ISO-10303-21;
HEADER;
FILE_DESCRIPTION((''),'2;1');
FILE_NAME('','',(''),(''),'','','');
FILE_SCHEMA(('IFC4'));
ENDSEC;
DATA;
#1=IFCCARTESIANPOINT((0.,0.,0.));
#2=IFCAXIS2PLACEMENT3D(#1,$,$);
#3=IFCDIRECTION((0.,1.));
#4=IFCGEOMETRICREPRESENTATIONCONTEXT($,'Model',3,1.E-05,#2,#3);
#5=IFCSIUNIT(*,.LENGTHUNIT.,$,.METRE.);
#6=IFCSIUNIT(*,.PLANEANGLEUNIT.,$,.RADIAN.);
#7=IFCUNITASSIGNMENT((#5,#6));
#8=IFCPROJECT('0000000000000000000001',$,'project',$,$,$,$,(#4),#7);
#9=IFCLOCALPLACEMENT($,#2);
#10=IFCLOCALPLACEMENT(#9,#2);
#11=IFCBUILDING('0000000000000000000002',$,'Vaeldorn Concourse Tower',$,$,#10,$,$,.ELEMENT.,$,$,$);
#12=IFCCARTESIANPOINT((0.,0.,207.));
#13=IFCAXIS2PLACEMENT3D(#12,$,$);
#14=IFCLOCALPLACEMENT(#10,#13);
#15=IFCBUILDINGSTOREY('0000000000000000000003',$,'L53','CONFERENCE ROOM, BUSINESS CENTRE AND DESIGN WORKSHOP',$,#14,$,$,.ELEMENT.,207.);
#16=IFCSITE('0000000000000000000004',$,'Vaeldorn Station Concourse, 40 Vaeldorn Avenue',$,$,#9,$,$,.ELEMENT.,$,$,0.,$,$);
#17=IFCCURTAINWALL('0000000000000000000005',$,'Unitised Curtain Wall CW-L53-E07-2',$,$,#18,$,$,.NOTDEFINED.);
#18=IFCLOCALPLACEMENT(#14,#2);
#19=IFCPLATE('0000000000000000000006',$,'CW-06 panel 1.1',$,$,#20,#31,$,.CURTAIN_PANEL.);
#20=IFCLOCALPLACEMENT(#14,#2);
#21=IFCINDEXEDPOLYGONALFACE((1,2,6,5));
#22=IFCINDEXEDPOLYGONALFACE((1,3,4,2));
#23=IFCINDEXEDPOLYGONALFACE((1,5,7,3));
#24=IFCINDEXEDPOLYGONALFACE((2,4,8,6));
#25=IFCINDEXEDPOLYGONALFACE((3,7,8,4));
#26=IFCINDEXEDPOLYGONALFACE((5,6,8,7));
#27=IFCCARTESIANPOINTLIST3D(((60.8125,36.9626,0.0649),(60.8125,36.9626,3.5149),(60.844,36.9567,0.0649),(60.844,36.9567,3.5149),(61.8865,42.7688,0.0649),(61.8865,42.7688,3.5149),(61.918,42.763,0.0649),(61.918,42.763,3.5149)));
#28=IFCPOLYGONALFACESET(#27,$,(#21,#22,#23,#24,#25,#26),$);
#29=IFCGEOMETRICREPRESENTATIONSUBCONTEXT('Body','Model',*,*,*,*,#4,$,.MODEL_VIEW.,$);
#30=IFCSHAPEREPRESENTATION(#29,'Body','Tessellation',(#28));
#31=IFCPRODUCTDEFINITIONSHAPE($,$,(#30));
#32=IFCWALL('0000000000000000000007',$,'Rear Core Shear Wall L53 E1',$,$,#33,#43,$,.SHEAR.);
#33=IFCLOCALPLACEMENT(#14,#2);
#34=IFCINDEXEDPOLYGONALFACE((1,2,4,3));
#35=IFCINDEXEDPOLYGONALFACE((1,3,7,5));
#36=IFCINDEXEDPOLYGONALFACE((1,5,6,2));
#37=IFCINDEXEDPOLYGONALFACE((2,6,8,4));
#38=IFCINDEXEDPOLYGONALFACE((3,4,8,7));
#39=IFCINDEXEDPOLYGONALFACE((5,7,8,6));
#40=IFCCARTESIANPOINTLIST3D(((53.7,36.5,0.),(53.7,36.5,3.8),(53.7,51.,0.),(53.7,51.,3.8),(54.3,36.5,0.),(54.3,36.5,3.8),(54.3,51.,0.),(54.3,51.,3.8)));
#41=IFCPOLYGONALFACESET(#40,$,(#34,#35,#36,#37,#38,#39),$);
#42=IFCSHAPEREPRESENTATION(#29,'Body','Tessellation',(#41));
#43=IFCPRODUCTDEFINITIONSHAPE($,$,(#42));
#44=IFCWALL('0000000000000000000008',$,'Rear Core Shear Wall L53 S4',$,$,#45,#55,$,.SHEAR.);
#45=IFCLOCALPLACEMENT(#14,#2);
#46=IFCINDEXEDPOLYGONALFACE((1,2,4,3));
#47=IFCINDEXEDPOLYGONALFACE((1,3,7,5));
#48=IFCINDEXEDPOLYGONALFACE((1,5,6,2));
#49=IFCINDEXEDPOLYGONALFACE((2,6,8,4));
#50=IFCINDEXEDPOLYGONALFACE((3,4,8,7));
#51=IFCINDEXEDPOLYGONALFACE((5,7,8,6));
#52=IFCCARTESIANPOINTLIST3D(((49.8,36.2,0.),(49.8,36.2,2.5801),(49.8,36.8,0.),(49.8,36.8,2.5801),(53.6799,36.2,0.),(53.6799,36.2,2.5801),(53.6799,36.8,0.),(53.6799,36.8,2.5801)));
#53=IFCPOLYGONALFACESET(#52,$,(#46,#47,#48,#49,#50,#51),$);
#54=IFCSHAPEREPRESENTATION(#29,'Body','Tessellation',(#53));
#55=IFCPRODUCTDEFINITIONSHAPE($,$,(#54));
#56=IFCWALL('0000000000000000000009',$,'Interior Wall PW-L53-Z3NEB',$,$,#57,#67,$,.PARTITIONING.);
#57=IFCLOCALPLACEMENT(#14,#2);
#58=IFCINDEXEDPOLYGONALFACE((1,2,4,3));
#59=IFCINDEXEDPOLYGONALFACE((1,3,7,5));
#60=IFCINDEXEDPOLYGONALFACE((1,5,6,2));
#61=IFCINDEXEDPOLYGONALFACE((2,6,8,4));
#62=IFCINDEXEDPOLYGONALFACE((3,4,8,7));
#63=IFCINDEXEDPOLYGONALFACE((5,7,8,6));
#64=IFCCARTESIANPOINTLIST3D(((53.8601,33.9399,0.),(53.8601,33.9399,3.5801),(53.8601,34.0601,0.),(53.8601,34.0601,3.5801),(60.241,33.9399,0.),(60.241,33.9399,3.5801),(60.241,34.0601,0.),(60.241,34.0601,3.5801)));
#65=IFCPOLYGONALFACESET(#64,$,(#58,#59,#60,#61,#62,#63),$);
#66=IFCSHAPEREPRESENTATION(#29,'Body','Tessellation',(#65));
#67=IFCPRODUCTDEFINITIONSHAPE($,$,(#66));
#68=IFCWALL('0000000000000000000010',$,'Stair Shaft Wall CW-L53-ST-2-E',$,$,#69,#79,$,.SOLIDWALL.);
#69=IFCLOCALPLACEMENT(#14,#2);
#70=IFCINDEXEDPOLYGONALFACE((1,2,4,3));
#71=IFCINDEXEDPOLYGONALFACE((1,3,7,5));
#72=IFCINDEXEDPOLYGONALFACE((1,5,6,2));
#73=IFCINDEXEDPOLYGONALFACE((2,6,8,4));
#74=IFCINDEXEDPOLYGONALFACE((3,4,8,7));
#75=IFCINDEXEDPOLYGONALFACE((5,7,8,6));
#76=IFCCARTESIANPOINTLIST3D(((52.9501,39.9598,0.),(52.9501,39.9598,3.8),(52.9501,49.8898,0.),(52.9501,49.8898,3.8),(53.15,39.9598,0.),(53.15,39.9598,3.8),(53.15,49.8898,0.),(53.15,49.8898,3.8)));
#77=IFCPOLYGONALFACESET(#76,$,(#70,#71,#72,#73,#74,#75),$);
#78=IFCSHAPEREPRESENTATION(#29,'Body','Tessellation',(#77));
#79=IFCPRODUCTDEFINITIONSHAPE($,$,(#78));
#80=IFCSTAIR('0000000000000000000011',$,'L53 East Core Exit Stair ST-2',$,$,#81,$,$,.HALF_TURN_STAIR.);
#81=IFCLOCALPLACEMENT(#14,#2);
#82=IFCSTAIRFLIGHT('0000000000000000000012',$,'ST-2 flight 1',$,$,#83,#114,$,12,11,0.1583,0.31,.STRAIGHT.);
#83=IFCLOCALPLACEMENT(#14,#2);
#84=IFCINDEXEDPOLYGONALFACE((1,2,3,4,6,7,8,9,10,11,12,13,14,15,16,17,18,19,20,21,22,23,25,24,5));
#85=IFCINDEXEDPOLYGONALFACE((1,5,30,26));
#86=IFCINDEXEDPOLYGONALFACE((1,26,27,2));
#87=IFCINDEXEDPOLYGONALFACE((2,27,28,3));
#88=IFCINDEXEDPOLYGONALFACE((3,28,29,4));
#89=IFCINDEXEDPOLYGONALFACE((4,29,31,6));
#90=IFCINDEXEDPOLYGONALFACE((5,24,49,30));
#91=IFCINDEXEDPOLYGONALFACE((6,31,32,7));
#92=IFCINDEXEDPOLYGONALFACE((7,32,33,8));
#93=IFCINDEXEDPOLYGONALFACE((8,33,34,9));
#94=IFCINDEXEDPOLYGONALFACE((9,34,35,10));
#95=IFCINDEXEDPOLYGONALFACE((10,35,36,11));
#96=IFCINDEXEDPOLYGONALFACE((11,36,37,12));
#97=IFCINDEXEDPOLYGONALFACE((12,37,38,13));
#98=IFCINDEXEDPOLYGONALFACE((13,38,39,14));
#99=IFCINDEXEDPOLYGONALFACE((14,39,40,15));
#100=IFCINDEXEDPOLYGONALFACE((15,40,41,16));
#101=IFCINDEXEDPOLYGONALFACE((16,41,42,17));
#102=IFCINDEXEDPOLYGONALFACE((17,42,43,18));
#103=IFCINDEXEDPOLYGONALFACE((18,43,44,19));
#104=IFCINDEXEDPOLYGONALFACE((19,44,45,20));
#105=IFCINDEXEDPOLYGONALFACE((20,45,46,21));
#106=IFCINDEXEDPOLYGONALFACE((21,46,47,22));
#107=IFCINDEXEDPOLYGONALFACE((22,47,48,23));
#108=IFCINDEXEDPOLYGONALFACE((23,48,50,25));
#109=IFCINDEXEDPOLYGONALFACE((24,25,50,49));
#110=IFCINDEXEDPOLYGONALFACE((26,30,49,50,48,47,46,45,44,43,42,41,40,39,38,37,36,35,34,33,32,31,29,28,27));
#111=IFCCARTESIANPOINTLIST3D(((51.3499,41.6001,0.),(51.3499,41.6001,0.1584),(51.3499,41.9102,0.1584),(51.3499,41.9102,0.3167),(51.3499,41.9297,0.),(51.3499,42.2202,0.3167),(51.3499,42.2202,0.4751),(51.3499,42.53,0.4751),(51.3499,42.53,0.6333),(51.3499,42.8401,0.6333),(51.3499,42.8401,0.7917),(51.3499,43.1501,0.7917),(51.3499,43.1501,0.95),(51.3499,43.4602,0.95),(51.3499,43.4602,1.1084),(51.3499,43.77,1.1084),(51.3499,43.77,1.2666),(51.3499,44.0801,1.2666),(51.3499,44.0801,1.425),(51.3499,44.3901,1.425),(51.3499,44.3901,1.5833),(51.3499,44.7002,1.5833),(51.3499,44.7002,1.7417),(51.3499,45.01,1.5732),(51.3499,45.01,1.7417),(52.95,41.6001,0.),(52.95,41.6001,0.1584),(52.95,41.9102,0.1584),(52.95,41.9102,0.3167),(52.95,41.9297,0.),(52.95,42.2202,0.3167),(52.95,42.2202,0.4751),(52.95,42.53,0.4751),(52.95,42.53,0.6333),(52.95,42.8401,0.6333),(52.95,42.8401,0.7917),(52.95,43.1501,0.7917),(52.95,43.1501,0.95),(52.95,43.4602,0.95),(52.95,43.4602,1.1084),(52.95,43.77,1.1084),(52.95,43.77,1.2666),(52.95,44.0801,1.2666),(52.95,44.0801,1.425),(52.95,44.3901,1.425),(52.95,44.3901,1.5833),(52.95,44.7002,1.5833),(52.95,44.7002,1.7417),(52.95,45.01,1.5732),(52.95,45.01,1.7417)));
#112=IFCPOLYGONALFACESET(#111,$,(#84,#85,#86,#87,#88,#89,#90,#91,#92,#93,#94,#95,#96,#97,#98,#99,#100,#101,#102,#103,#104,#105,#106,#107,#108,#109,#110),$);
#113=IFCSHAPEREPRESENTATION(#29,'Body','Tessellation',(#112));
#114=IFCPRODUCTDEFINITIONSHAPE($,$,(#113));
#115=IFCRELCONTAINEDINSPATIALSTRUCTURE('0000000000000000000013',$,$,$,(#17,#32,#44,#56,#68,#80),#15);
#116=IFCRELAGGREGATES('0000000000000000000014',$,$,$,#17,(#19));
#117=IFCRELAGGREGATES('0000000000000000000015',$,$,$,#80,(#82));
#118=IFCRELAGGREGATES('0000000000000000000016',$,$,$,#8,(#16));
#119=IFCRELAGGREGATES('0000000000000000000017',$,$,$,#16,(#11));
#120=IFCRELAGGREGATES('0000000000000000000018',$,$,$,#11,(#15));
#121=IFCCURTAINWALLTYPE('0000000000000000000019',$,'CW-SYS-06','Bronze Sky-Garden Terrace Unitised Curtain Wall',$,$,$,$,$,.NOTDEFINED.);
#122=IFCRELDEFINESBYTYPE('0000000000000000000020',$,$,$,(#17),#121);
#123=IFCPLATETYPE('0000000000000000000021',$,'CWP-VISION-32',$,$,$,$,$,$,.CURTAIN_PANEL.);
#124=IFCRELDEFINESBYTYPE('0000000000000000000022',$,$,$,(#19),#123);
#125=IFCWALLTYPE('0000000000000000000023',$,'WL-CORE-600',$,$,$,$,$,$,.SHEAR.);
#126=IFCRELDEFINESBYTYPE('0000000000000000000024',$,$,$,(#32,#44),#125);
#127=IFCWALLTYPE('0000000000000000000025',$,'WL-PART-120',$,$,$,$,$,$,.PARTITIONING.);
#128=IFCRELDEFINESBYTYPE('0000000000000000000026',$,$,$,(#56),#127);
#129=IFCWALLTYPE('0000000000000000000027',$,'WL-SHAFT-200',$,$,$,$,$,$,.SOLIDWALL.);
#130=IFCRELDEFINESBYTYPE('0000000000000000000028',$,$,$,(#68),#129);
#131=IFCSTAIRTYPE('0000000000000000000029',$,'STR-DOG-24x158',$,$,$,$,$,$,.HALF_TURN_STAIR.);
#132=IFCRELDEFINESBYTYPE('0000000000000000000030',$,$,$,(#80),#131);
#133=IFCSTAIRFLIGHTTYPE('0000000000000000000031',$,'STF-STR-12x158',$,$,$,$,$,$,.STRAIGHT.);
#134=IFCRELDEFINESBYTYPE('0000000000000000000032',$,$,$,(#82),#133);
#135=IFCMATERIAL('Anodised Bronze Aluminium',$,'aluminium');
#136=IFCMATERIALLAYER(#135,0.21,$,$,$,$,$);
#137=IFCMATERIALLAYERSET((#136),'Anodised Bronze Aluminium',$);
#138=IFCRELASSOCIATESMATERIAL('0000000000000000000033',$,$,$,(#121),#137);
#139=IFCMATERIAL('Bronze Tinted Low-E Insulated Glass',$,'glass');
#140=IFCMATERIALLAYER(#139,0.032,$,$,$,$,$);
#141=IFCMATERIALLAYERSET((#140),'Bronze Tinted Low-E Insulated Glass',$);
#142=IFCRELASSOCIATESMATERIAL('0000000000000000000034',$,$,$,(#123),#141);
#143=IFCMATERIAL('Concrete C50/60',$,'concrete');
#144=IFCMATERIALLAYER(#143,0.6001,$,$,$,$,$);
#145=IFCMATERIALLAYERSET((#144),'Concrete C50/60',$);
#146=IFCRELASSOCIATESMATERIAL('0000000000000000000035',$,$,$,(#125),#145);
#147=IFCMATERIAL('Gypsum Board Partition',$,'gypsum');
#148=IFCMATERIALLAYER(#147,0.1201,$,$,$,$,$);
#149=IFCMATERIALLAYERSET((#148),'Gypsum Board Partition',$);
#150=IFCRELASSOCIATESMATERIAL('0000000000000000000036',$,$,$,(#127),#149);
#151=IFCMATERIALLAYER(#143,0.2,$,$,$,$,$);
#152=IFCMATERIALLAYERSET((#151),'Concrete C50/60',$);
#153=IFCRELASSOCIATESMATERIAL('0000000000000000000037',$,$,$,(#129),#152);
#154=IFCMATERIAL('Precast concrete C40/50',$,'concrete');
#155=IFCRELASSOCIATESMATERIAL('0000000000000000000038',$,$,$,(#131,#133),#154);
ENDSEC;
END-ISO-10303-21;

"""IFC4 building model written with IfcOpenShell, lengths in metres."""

from ifc_helpers import new_model, si_unit, direction, frame, frame_2d, origin, origin_2d, place, context, subcontext, project, spatial, polyline, rectangle, outline, extrude, source, transform, mapped, material, layer, layer_set, type_object, element, aggregate, save


model = new_model("IFC4")

# Units and contexts
model_context = context("Model", 3, precision=1e-05, world=origin(), true_north=direction((0.0, 1.0)))
body_context = subcontext(model_context, "Body", "Model", "MODEL_VIEW")
ifc_project = project(units=[si_unit("LENGTHUNIT", "METRE"), si_unit("PLANEANGLEUNIT", "RADIAN")], contexts=[model_context])

# Site, building, storey
site_placement = place(None, origin())
site = spatial("IfcSite", under=ifc_project, at=site_placement, Name="Vaeldorn Station Concourse, 40 Vaeldorn Avenue", CompositionType="ELEMENT", RefElevation=0.0)
building_placement = place(site_placement, origin())
building = spatial("IfcBuilding", under=site, at=building_placement, Name="Vaeldorn Concourse Tower", CompositionType="ELEMENT")
storey_placement = place(building_placement, frame((0.0, 0.0, 207.0)))
storey = spatial("IfcBuildingStorey", under=building, at=storey_placement, Name="L53", Description="CONFERENCE ROOM, BUSINESS CENTRE AND DESIGN WORKSHOP", CompositionType="ELEMENT", Elevation=207.0)

# Shared definitions
ifc_material_1 = material(Name="Concrete C50/60", Category="concrete")

# Shared definitions
ifc_material_2 = material(Name="Anodised Bronze Aluminium", Category="aluminium")
ifc_layer_1 = layer(ifc_material_2, 0.21)
ifc_layer_set_1 = layer_set([ifc_layer_1], Name="Anodised Bronze Aluminium")
curtain_wall_type = type_object("IfcCurtainWallType", Name="CW-SYS-06", Description="Bronze Sky-Garden Terrace Unitised Curtain Wall", PredefinedType="NOTDEFINED", material=ifc_layer_set_1)

# Curtain wall
curtain_wall_1_placement = place(storey_placement, origin())
curtain_wall_1 = element("IfcCurtainWall", 1, at=curtain_wall_1_placement, inside=storey, type_object=curtain_wall_type, Name="Unitised Curtain Wall CW-L53-E07-2", PredefinedType="NOTDEFINED")

# Plate
ifc_material_3 = material(Name="Bronze Tinted Low-E Insulated Glass", Category="glass")
ifc_layer_2 = layer(ifc_material_3, 0.032)
ifc_layer_set_2 = layer_set([ifc_layer_2], Name="Bronze Tinted Low-E Insulated Glass")
plate_type = type_object("IfcPlateType", Name="CWP-VISION-32", PredefinedType="CURTAIN_PANEL", material=ifc_layer_set_2)
shared_shape_1 = source(origin(), body_context, "Body", "SweptSolid", [
    extrude(rectangle(XDim=5.9048, YDim=0.032, at=origin_2d()), origin(), (0.0, 0.0, 1.0), 3.45),
])
plate_1_placement = place(storey_placement, frame((61.3652, 39.8628, 0.0649), z_axis=(0.0, 0.0, 1.0), x_axis=(0.181888, 0.983319, 0.0)))
plate_1 = element("IfcPlate", 2, at=plate_1_placement, type_object=plate_type, Name="CW-06 panel 1.1", PredefinedType="CURTAIN_PANEL", context=body_context, shape_type="MappedRepresentation", body=[
    mapped(shared_shape_1, transform((0.0, 0.0, 0.0), scale=1.0)),
])
aggregate(curtain_wall_1, [plate_1])

# Walls
ifc_layer_3 = layer(ifc_material_1, 0.6001)
ifc_layer_set_3 = layer_set([ifc_layer_3], Name="Concrete C50/60")
wall_type_1 = type_object("IfcWallType", Name="WL-CORE-600", PredefinedType="SHEAR", material=ifc_layer_set_3)
wall_1_placement = place(storey_placement, frame((54.0, 36.5, 0.0), z_axis=(0.0, 0.0, 1.0), x_axis=(0.0, 1.0, 0.0)))
element("IfcWall", 3, at=wall_1_placement, inside=storey, type_object=wall_type_1, Name="Rear Core Shear Wall L53 E1", PredefinedType="SHEAR", context=body_context, shape_type="SweptSolid", body=[
    extrude(rectangle(XDim=14.5, YDim=0.6001, at=frame_2d((7.25, 0.0))), origin(), (0.0, 0.0, 1.0), 3.8),
])
wall_2_placement = place(storey_placement, frame((49.8, 36.5, 0.0), z_axis=(0.0, 0.0, 1.0), x_axis=(1.0, 0.0, 0.0)))
element("IfcWall", 4, at=wall_2_placement, inside=storey, type_object=wall_type_1, Name="Rear Core Shear Wall L53 S4", PredefinedType="SHEAR", context=body_context, shape_type="SweptSolid", body=[
    extrude(rectangle(XDim=3.8799, YDim=0.6001, at=frame_2d((1.9399, 0.0))), origin(), (0.0, 0.0, 1.0), 2.5801),
])

# Shared definitions
ifc_material_4 = material(Name="Gypsum Board Partition", Category="gypsum")
ifc_layer_4 = layer(ifc_material_4, 0.1201)
ifc_layer_set_4 = layer_set([ifc_layer_4], Name="Gypsum Board Partition")
wall_type_2 = type_object("IfcWallType", Name="WL-PART-120", PredefinedType="PARTITIONING", material=ifc_layer_set_4)

# Walls
wall_3_placement = place(storey_placement, frame((53.8601, 34.0, 0.0), z_axis=(0.0, 0.0, 1.0), x_axis=(1.0, 0.0, 0.0)))
element("IfcWall", 5, at=wall_3_placement, inside=storey, type_object=wall_type_2, Name="Interior Wall PW-L53-Z3NEB", PredefinedType="PARTITIONING", context=body_context, shape_type="SweptSolid", body=[
    extrude(rectangle(XDim=6.3809, YDim=0.1201, at=frame_2d((3.1904, 0.0))), origin(), (0.0, 0.0, 1.0), 3.5801),
])
ifc_layer_5 = layer(ifc_material_1, 0.2)
ifc_layer_set_5 = layer_set([ifc_layer_5], Name="Concrete C50/60")
wall_type_3 = type_object("IfcWallType", Name="WL-SHAFT-200", PredefinedType="SOLIDWALL", material=ifc_layer_set_5)
wall_4_placement = place(storey_placement, frame((53.05, 39.96, 0.0), z_axis=(0.0, 0.0, 1.0), x_axis=(0.0, 1.0, 0.0)))
element("IfcWall", 6, at=wall_4_placement, inside=storey, type_object=wall_type_3, Name="Stair Shaft Wall CW-L53-ST-2-E", PredefinedType="SOLIDWALL", context=body_context, shape_type="SweptSolid", body=[
    extrude(rectangle(XDim=9.9299, YDim=0.2, at=frame_2d((4.9648, 0.0))), origin(), (0.0, 0.0, 1.0), 3.8),
])

# Stair, stair flight
ifc_material_5 = material(Name="Precast concrete C40/50", Category="concrete")
stair_type = type_object("IfcStairType", Name="STR-DOG-24x158", PredefinedType="HALF_TURN_STAIR", material=ifc_material_5)
stair_placement = place(storey_placement, origin())
stair = element("IfcStair", 7, at=stair_placement, inside=storey, type_object=stair_type, Name="L53 East Core Exit Stair ST-2", PredefinedType="HALF_TURN_STAIR")
stair_flight_type = type_object("IfcStairFlightType", Name="STF-STR-12x158", PredefinedType="STRAIGHT", material=ifc_material_5)
stair_flight_placement = place(storey_placement, frame((52.1499, 41.6001, 0.0), z_axis=(0.0, 0.0, 1.0), x_axis=(0.0, 1.0, 0.0)))
stair_flight = element("IfcStairFlight", 8, at=stair_flight_placement, type_object=stair_flight_type, Name="ST-2 flight 1", NumberOfRisers=12, NumberOfTreads=11, PredefinedType="STRAIGHT", RiserHeight=0.1583, TreadLength=0.31, context=body_context, shape_type="SweptSolid", body=[
    extrude(outline(polyline([(0.0, 0.0), (0.0, 0.1584), (0.3101, 0.1584), (0.3101, 0.3167), (0.6201, 0.3167), (0.6201, 0.4751), (0.9299, 0.4751), (0.9299, 0.6333), (1.24, 0.6333), (1.24, 0.7917), (1.55, 0.7917), (1.55, 0.95), (1.8601, 0.95), (1.8601, 1.1084), (2.1699, 1.1084), (2.1699, 1.2666), (2.48, 1.2666), (2.48, 1.425), (2.79, 1.425), (2.79, 1.5833), (3.1001, 1.5833), (3.1001, 1.7417), (3.4099, 1.7417), (3.4099, 1.8999), (3.4099, 1.5732), (0.3296, 0.0), (0.0, 0.0)])), frame((0.0, 0.8, 0.0), z_axis=(0.0, -1.0, 0.0), x_axis=(1.0, 0.0, 0.0)), (0.0, 0.0, 1.0), 1.6001),
])
aggregate(stair, [stair_flight])

save(model, "model.ifc")
